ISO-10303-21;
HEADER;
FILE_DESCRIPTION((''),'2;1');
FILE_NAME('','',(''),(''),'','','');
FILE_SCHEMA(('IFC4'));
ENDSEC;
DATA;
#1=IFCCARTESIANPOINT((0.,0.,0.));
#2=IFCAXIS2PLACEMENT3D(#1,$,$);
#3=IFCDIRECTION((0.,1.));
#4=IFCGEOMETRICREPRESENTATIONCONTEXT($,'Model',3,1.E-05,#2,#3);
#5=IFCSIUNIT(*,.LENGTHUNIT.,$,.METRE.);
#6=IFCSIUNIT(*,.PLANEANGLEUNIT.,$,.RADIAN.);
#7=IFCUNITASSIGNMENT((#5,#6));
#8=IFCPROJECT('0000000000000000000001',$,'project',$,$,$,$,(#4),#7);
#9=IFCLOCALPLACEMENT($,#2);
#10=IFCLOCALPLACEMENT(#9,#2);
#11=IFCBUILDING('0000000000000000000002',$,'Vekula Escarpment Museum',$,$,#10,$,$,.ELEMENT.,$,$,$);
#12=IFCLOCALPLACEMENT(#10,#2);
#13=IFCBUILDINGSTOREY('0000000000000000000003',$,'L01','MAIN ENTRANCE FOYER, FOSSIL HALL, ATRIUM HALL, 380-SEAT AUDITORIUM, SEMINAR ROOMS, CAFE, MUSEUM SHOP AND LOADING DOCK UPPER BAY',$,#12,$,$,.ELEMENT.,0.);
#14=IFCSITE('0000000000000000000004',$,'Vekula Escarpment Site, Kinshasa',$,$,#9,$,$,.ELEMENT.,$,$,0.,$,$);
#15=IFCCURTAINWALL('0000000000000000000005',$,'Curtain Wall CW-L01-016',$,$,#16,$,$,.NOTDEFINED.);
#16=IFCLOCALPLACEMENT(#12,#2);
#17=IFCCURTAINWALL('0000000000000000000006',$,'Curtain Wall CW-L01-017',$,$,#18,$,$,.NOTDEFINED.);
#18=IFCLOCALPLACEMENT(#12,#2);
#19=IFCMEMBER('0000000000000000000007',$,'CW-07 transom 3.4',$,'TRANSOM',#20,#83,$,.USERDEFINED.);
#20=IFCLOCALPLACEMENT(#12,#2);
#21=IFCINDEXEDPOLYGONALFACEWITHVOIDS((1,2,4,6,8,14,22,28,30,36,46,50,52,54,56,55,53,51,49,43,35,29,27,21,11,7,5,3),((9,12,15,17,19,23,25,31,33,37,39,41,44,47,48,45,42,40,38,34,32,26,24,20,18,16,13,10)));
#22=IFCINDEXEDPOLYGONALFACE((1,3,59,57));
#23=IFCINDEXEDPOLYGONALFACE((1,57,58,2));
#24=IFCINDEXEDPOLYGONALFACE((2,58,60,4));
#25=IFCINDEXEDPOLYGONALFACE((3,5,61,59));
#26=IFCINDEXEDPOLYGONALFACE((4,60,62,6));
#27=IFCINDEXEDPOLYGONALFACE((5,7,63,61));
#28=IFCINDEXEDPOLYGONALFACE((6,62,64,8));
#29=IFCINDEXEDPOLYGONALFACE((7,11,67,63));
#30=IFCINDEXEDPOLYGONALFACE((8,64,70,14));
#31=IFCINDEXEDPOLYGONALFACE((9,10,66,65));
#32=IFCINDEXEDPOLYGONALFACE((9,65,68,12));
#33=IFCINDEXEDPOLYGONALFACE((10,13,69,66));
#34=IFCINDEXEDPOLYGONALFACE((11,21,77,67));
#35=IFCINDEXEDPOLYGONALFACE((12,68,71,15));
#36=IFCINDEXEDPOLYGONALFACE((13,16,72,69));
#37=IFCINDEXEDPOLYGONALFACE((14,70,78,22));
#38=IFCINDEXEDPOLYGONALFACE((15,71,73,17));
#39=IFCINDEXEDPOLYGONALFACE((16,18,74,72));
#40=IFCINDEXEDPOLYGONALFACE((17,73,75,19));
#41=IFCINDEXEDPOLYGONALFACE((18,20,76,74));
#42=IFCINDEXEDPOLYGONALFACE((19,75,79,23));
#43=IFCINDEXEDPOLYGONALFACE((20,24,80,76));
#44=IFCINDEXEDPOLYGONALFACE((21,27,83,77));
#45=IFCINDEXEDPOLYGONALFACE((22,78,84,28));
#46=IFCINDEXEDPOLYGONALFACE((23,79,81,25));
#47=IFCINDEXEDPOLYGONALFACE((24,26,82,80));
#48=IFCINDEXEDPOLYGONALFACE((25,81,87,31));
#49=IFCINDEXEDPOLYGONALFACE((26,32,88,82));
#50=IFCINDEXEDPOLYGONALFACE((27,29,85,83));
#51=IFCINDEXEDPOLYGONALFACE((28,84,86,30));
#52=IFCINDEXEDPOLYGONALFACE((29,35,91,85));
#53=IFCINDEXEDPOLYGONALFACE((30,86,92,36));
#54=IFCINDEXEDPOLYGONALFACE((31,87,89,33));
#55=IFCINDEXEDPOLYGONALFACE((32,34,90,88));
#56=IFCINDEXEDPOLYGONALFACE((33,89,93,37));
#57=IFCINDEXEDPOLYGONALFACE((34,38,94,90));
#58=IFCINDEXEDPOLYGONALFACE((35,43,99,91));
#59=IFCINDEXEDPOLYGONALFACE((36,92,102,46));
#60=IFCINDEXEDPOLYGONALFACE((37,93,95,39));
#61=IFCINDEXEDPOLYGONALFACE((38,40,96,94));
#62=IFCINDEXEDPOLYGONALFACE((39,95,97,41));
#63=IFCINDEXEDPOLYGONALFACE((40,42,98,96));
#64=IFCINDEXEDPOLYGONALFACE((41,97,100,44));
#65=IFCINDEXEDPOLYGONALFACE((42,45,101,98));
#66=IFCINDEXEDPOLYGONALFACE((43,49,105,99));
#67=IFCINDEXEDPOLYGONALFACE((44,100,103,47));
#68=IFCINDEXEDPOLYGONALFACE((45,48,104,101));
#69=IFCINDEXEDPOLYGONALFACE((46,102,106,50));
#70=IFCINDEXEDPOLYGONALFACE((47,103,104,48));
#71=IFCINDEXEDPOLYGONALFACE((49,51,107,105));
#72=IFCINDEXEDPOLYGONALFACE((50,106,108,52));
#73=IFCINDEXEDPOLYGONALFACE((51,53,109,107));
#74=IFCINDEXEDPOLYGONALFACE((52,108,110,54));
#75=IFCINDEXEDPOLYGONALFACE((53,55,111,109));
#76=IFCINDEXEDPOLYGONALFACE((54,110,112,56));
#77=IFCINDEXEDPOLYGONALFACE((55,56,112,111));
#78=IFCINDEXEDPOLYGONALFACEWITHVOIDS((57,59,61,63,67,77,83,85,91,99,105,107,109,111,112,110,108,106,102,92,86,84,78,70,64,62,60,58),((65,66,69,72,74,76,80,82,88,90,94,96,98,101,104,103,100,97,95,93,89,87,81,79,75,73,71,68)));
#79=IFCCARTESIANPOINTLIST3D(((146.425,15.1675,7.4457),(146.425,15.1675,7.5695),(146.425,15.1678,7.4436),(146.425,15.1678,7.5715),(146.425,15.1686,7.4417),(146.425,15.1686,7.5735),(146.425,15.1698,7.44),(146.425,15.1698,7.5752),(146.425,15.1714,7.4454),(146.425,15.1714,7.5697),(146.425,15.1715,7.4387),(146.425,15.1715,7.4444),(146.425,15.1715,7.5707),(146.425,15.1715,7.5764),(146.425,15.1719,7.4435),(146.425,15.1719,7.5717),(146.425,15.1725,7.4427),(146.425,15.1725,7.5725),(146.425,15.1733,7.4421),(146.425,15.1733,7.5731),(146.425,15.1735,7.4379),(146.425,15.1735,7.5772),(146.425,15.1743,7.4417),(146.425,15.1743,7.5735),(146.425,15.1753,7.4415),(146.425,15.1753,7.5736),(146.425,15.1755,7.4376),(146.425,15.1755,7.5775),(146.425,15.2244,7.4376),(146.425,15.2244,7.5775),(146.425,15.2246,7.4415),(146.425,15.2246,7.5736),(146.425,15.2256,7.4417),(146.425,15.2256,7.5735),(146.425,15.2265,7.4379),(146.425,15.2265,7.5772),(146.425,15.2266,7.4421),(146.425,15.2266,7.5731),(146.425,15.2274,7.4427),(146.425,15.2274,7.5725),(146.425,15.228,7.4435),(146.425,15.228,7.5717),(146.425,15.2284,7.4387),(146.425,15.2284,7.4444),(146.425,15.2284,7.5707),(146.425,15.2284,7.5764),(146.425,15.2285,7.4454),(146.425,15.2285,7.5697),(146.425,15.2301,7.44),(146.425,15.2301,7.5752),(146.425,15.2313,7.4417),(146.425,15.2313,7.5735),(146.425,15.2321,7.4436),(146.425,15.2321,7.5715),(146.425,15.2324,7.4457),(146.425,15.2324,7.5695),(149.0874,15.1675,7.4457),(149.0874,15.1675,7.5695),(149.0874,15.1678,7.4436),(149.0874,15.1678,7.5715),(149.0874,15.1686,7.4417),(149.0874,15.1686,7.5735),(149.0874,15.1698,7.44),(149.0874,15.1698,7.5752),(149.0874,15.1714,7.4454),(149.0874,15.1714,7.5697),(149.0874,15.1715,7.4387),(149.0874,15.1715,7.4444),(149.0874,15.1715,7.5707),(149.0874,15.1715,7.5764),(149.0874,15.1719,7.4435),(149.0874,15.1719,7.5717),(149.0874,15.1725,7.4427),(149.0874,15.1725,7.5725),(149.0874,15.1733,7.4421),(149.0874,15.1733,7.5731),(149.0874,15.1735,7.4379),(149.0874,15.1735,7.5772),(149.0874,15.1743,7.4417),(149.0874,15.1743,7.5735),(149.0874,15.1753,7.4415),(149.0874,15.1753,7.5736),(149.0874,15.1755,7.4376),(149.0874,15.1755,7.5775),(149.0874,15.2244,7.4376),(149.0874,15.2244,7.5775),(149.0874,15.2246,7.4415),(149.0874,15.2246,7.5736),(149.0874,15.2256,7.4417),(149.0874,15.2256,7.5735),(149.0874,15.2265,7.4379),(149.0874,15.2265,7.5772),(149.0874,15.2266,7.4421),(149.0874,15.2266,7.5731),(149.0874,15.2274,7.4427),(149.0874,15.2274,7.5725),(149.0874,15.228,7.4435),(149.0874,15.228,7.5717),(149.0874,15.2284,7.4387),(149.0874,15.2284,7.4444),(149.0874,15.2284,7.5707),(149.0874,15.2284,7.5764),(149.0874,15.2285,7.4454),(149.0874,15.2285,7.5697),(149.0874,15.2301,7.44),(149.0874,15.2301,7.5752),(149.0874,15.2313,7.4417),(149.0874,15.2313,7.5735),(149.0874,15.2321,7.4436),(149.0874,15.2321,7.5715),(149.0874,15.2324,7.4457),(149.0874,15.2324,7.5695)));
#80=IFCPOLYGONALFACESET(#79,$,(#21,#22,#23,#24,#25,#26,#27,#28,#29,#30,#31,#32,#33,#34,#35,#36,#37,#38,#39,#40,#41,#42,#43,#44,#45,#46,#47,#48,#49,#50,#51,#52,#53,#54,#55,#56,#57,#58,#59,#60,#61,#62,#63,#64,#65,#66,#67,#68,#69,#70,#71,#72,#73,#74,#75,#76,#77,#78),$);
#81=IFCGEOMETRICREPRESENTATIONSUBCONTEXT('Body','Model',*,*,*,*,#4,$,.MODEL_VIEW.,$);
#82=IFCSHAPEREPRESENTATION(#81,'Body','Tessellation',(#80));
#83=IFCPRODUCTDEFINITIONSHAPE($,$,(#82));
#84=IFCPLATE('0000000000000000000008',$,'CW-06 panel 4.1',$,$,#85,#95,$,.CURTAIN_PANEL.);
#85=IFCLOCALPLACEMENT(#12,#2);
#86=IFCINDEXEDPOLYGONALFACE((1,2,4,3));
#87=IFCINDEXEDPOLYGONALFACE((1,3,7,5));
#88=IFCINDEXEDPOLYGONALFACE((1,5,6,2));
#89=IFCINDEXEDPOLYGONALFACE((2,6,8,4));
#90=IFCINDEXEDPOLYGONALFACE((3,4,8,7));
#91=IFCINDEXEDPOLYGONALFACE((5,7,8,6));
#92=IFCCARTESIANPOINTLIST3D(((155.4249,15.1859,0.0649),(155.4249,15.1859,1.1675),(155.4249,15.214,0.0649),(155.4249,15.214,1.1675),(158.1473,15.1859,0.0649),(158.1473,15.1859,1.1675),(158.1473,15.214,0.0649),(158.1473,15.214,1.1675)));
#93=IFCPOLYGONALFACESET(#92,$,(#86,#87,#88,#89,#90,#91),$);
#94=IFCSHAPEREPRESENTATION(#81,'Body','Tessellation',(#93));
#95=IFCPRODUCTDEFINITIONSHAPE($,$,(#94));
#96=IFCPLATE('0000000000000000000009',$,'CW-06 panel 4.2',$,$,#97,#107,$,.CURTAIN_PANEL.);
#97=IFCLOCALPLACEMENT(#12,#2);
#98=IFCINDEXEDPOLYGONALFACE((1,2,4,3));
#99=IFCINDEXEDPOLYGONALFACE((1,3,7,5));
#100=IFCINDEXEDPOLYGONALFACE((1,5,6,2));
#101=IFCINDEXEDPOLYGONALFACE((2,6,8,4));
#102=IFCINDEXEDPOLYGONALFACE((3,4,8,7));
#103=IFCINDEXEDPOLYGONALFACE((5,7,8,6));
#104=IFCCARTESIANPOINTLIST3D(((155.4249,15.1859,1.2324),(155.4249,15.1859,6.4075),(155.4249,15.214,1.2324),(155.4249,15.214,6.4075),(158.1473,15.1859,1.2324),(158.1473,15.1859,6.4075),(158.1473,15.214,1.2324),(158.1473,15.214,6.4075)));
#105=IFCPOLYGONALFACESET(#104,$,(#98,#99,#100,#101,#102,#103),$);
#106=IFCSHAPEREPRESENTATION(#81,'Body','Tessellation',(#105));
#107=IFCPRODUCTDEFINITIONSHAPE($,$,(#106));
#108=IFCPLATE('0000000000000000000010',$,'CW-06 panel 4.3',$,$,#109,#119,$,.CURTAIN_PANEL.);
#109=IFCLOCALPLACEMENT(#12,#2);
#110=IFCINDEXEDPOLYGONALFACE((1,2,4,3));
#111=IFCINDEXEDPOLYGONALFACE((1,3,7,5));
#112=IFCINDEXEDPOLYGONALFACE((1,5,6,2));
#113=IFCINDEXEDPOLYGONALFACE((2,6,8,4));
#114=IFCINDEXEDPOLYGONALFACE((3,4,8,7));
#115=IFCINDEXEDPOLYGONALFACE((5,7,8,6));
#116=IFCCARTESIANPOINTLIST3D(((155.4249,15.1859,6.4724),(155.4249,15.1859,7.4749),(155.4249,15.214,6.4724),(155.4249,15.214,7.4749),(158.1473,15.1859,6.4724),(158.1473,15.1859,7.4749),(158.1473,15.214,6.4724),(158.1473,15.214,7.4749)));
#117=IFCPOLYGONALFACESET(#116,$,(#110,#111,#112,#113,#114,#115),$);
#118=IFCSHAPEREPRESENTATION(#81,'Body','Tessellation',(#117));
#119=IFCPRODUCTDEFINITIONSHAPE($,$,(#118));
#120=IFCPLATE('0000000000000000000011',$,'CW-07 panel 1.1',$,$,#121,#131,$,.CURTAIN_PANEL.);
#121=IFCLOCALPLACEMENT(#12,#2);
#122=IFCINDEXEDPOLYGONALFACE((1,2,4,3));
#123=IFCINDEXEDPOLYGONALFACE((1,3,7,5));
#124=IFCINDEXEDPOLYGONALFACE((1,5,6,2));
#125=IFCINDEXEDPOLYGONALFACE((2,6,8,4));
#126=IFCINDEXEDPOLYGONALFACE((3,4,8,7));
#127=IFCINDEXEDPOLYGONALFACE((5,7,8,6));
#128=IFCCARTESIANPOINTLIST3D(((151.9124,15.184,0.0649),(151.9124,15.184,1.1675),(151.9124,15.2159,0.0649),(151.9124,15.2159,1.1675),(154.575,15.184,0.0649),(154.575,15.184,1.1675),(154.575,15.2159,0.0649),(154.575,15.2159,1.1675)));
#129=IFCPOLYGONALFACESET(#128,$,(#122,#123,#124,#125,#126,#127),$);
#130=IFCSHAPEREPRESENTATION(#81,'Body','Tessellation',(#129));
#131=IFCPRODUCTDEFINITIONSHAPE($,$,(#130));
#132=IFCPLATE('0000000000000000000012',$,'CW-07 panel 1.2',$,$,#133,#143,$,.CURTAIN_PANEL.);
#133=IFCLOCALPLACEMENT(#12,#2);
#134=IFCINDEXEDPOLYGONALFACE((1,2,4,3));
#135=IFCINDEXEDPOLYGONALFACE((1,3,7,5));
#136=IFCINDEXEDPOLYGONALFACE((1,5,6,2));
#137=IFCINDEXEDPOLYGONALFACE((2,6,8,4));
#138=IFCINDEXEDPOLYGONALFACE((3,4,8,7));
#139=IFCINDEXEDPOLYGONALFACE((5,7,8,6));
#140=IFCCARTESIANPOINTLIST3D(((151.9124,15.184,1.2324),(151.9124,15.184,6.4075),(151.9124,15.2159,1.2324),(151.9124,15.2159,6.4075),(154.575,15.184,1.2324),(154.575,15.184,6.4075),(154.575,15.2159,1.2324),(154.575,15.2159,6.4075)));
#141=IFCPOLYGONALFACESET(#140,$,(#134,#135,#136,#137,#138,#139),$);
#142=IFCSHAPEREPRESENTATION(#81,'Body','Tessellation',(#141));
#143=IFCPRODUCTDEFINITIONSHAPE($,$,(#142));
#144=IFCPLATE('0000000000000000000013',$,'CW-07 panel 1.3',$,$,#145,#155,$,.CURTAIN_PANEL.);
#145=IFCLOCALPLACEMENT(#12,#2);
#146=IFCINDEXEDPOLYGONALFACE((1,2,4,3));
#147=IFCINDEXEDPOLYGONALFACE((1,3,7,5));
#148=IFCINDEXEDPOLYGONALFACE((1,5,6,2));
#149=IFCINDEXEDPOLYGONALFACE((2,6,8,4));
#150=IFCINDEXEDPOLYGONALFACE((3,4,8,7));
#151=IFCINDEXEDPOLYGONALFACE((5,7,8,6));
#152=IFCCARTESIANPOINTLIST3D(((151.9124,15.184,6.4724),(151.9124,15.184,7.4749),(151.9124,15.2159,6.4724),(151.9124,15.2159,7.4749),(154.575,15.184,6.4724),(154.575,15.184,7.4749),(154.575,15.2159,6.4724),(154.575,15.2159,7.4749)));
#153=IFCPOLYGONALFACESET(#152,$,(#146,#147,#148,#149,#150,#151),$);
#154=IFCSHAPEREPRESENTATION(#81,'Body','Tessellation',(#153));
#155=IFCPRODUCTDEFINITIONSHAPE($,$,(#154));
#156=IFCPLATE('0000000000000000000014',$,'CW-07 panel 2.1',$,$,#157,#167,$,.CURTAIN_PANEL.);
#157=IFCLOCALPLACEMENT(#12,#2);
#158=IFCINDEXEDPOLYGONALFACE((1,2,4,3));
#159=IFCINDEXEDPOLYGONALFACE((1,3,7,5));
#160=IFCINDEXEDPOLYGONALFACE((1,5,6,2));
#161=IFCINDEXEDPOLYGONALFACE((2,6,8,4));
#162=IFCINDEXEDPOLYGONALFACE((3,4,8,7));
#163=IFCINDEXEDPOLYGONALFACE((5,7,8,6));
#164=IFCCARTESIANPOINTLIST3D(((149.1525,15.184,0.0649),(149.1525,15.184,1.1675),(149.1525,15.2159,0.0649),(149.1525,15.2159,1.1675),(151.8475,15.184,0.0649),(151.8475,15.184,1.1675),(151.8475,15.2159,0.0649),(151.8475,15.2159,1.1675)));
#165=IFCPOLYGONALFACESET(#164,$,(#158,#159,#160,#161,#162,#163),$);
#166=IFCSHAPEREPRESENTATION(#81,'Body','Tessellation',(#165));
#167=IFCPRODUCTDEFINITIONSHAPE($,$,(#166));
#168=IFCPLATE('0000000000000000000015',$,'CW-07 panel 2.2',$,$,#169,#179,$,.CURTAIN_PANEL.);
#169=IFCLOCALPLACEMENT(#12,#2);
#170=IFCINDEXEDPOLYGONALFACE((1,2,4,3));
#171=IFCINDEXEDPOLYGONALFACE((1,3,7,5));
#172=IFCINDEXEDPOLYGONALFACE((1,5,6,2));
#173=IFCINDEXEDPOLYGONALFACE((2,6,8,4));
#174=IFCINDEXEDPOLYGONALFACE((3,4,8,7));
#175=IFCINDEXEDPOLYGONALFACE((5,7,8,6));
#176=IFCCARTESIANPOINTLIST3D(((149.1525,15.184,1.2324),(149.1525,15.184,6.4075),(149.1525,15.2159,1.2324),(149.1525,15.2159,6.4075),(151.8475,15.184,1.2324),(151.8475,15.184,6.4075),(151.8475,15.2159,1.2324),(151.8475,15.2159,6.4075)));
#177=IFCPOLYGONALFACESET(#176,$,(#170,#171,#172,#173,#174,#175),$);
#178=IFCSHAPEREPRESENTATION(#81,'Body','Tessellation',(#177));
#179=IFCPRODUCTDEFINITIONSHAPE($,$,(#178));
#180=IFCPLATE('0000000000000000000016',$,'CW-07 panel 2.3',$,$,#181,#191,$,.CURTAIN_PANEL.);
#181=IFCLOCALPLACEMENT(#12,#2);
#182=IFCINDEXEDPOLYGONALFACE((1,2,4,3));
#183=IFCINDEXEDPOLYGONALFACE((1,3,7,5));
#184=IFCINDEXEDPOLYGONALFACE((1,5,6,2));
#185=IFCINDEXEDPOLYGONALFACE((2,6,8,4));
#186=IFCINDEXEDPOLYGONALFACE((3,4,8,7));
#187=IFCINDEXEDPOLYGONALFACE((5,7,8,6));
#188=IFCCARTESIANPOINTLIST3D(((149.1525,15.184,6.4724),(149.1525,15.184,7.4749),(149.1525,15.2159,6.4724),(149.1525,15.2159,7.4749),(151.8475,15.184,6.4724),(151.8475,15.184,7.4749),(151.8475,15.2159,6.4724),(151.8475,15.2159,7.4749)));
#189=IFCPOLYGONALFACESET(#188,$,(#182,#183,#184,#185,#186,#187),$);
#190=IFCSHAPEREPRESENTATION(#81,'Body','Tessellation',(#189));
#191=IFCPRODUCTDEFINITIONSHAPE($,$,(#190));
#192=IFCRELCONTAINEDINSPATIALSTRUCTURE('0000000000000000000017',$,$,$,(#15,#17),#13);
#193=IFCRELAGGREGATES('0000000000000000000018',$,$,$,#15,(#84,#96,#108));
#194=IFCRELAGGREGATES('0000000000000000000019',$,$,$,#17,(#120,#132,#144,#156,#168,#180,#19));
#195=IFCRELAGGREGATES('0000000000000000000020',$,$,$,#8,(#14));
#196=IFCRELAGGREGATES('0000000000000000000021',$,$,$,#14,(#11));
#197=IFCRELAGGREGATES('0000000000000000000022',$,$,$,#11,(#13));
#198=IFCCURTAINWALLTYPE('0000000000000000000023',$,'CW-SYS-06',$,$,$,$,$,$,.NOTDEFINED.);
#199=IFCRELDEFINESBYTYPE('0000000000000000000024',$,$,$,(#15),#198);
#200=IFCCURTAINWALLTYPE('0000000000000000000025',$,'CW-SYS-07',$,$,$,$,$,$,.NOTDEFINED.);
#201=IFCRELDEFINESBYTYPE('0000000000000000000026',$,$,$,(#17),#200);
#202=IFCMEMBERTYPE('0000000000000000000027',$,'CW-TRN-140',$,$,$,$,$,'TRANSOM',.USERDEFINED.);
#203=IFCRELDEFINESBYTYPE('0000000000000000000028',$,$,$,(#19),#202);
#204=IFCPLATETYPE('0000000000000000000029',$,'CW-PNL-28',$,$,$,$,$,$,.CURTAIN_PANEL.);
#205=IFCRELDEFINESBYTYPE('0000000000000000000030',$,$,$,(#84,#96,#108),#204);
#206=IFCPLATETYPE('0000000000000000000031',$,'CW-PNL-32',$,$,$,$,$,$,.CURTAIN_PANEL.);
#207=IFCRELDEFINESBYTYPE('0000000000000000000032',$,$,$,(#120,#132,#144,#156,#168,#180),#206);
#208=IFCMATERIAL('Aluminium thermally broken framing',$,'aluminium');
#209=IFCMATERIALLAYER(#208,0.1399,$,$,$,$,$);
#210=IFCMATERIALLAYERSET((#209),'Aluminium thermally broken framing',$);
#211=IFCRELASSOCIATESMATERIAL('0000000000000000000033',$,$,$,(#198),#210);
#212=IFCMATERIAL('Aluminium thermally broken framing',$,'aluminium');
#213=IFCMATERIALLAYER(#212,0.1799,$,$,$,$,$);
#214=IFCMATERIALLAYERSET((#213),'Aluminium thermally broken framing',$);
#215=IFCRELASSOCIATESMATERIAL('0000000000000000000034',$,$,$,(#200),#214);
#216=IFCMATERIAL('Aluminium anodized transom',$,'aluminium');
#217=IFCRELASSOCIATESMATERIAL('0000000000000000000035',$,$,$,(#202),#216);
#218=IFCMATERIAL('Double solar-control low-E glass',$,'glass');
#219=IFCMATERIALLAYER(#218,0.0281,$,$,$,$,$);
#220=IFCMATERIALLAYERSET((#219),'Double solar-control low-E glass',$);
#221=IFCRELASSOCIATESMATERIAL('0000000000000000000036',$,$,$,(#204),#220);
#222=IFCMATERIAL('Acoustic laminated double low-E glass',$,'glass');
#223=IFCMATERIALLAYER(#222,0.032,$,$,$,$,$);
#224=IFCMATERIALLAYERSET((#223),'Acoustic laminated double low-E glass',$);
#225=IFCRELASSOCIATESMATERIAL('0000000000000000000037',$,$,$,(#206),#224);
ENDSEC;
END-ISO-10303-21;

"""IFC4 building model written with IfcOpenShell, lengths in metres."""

from ifc_helpers import new_model, si_unit, direction, frame, origin, origin_2d, place, context, subcontext, project, spatial, rectangle, hollow_rectangle, extrude, material, layer, layer_set, material_profile, profile_set, type_object, element, aggregate, save


model = new_model("IFC4")

# Units and contexts
model_context = context("Model", 3, precision=1e-05, world=origin(), true_north=direction((0.0, 1.0)))
body_context = subcontext(model_context, "Body", "Model", "MODEL_VIEW")
ifc_project = project(units=[si_unit("LENGTHUNIT", "METRE"), si_unit("PLANEANGLEUNIT", "RADIAN")], contexts=[model_context])

# Site, building, storey
site_placement = place(None, origin())
site = spatial("IfcSite", under=ifc_project, at=site_placement, Name="Vekula Escarpment Site, Kinshasa", CompositionType="ELEMENT", RefElevation=0.0)
building_placement = place(site_placement, origin())
building = spatial("IfcBuilding", under=site, at=building_placement, Name="Vekula Escarpment Museum", CompositionType="ELEMENT")
storey_placement = place(building_placement, origin())
storey = spatial("IfcBuildingStorey", under=building, at=storey_placement, Name="L01", Description="MAIN ENTRANCE FOYER, FOSSIL HALL, ATRIUM HALL, 380-SEAT AUDITORIUM, SEMINAR ROOMS, CAFE, MUSEUM SHOP AND LOADING DOCK UPPER BAY", CompositionType="ELEMENT", Elevation=0.0)

# Curtain walls
ifc_material_1 = material(Name="Aluminium thermally broken framing", Category="aluminium")
ifc_layer_1 = layer(ifc_material_1, 0.1399)
ifc_layer_set_1 = layer_set([ifc_layer_1], Name="Aluminium thermally broken framing")
curtain_wall_type_1 = type_object("IfcCurtainWallType", Name="CW-SYS-06", PredefinedType="NOTDEFINED", material=ifc_layer_set_1)
curtain_wall_1_placement = place(storey_placement, origin())
curtain_wall_1 = element("IfcCurtainWall", 1, at=curtain_wall_1_placement, inside=storey, type_object=curtain_wall_type_1, Name="Curtain Wall CW-L01-016", PredefinedType="NOTDEFINED")
ifc_material_2 = material(Name="Aluminium thermally broken framing", Category="aluminium")
ifc_layer_2 = layer(ifc_material_2, 0.1799)
ifc_layer_set_2 = layer_set([ifc_layer_2], Name="Aluminium thermally broken framing")
curtain_wall_type_2 = type_object("IfcCurtainWallType", Name="CW-SYS-07", PredefinedType="NOTDEFINED", material=ifc_layer_set_2)
curtain_wall_2_placement = place(storey_placement, origin())
curtain_wall_2 = element("IfcCurtainWall", 2, at=curtain_wall_2_placement, inside=storey, type_object=curtain_wall_type_2, Name="Curtain Wall CW-L01-017", PredefinedType="NOTDEFINED")

# Member
ifc_material_3 = material(Name="Aluminium anodized transom", Category="aluminium")
ifc_material_profile_1 = material_profile(ifc_material_3, hollow_rectangle(XDim=0.0649, YDim=0.1399, WallThickness=0.0039, InnerFilletRadius=0.0039, OuterFilletRadius=0.0081, at=origin_2d()), Name="ALU 140x65x4")
ifc_profile_set_1 = profile_set([ifc_material_profile_1], Name="Aluminium anodized transom")
member_type_1 = type_object("IfcMemberType", Name="CW-TRN-140", ElementType="TRANSOM", PredefinedType="USERDEFINED", material=ifc_profile_set_1)
member_1_placement = place(storey_placement, frame((149.0874, 15.2, 7.5076), z_axis=(-1.0, 0.0, 0.0), x_axis=(0.0, -1.0, 0.0)))
member_1 = element("IfcMember", 3, at=member_1_placement, type_object=member_type_1, Name="CW-07 transom 3.4", ObjectType="TRANSOM", PredefinedType="USERDEFINED", context=body_context, shape_type="SweptSolid", body=[
    extrude(hollow_rectangle(XDim=0.0649, YDim=0.1399, WallThickness=0.0039, InnerFilletRadius=0.0039, OuterFilletRadius=0.0081, at=origin_2d()), origin(), (0.0, 0.0, 1.0), 2.6624),
])

# Plates
ifc_material_4 = material(Name="Double solar-control low-E glass", Category="glass")
ifc_layer_3 = layer(ifc_material_4, 0.0281)
ifc_layer_set_3 = layer_set([ifc_layer_3], Name="Double solar-control low-E glass")
plate_type_1 = type_object("IfcPlateType", Name="CW-PNL-28", PredefinedType="CURTAIN_PANEL", material=ifc_layer_set_3)
plate_1_placement = place(storey_placement, frame((156.7861, 15.2, 0.0649), z_axis=(0.0, 0.0, 1.0), x_axis=(-1.0, 0.0, 0.0)))
plate_1 = element("IfcPlate", 4, at=plate_1_placement, type_object=plate_type_1, Name="CW-06 panel 4.1", PredefinedType="CURTAIN_PANEL", context=body_context, shape_type="SweptSolid", body=[
    extrude(rectangle(XDim=2.7224, YDim=0.0281, at=origin_2d()), origin(), (0.0, 0.0, 1.0), 1.1025),
])
plate_2_placement = place(storey_placement, frame((156.7861, 15.2, 1.2324), z_axis=(0.0, 0.0, 1.0), x_axis=(-1.0, 0.0, 0.0)))
plate_2 = element("IfcPlate", 5, at=plate_2_placement, type_object=plate_type_1, Name="CW-06 panel 4.2", PredefinedType="CURTAIN_PANEL", context=body_context, shape_type="SweptSolid", body=[
    extrude(rectangle(XDim=2.7224, YDim=0.0281, at=origin_2d()), origin(), (0.0, 0.0, 1.0), 5.175),
])
plate_3_placement = place(storey_placement, frame((156.7861, 15.2, 6.4724), z_axis=(0.0, 0.0, 1.0), x_axis=(-1.0, 0.0, 0.0)))
plate_3 = element("IfcPlate", 6, at=plate_3_placement, type_object=plate_type_1, Name="CW-06 panel 4.3", PredefinedType="CURTAIN_PANEL", context=body_context, shape_type="SweptSolid", body=[
    extrude(rectangle(XDim=2.7224, YDim=0.0281, at=origin_2d()), origin(), (0.0, 0.0, 1.0), 1.0024),
])
aggregate(curtain_wall_1, [plate_1, plate_2, plate_3])
ifc_material_5 = material(Name="Acoustic laminated double low-E glass", Category="glass")
ifc_layer_4 = layer(ifc_material_5, 0.032)
ifc_layer_set_4 = layer_set([ifc_layer_4], Name="Acoustic laminated double low-E glass")
plate_type_2 = type_object("IfcPlateType", Name="CW-PNL-32", PredefinedType="CURTAIN_PANEL", material=ifc_layer_set_4)
plate_4_placement = place(storey_placement, frame((153.2437, 15.2, 0.0649), z_axis=(0.0, 0.0, 1.0), x_axis=(-1.0, 0.0, 0.0)))
plate_4 = element("IfcPlate", 7, at=plate_4_placement, type_object=plate_type_2, Name="CW-07 panel 1.1", PredefinedType="CURTAIN_PANEL", context=body_context, shape_type="SweptSolid", body=[
    extrude(rectangle(XDim=2.6626, YDim=0.032, at=origin_2d()), origin(), (0.0, 0.0, 1.0), 1.1025),
])
plate_5_placement = place(storey_placement, frame((153.2437, 15.2, 1.2324), z_axis=(0.0, 0.0, 1.0), x_axis=(-1.0, 0.0, 0.0)))
plate_5 = element("IfcPlate", 8, at=plate_5_placement, type_object=plate_type_2, Name="CW-07 panel 1.2", PredefinedType="CURTAIN_PANEL", context=body_context, shape_type="SweptSolid", body=[
    extrude(rectangle(XDim=2.6626, YDim=0.032, at=origin_2d()), origin(), (0.0, 0.0, 1.0), 5.175),
])
plate_6_placement = place(storey_placement, frame((153.2437, 15.2, 6.4724), z_axis=(0.0, 0.0, 1.0), x_axis=(-1.0, 0.0, 0.0)))
plate_6 = element("IfcPlate", 9, at=plate_6_placement, type_object=plate_type_2, Name="CW-07 panel 1.3", PredefinedType="CURTAIN_PANEL", context=body_context, shape_type="SweptSolid", body=[
    extrude(rectangle(XDim=2.6626, YDim=0.032, at=origin_2d()), origin(), (0.0, 0.0, 1.0), 1.0024),
])
plate_7_placement = place(storey_placement, frame((150.5, 15.2, 0.0649), z_axis=(0.0, 0.0, 1.0), x_axis=(-1.0, 0.0, 0.0)))
plate_7 = element("IfcPlate", 10, at=plate_7_placement, type_object=plate_type_2, Name="CW-07 panel 2.1", PredefinedType="CURTAIN_PANEL", context=body_context, shape_type="SweptSolid", body=[
    extrude(rectangle(XDim=2.6951, YDim=0.032, at=origin_2d()), origin(), (0.0, 0.0, 1.0), 1.1025),
])
plate_8_placement = place(storey_placement, frame((150.5, 15.2, 1.2324), z_axis=(0.0, 0.0, 1.0), x_axis=(-1.0, 0.0, 0.0)))
plate_8 = element("IfcPlate", 11, at=plate_8_placement, type_object=plate_type_2, Name="CW-07 panel 2.2", PredefinedType="CURTAIN_PANEL", context=body_context, shape_type="SweptSolid", body=[
    extrude(rectangle(XDim=2.6951, YDim=0.032, at=origin_2d()), origin(), (0.0, 0.0, 1.0), 5.175),
])
plate_9_placement = place(storey_placement, frame((150.5, 15.2, 6.4724), z_axis=(0.0, 0.0, 1.0), x_axis=(-1.0, 0.0, 0.0)))
plate_9 = element("IfcPlate", 12, at=plate_9_placement, type_object=plate_type_2, Name="CW-07 panel 2.3", PredefinedType="CURTAIN_PANEL", context=body_context, shape_type="SweptSolid", body=[
    extrude(rectangle(XDim=2.6951, YDim=0.032, at=origin_2d()), origin(), (0.0, 0.0, 1.0), 1.0024),
])
aggregate(curtain_wall_2, [plate_4, plate_5, plate_6, plate_7, plate_8, plate_9, member_1])

save(model, "model.ifc")
